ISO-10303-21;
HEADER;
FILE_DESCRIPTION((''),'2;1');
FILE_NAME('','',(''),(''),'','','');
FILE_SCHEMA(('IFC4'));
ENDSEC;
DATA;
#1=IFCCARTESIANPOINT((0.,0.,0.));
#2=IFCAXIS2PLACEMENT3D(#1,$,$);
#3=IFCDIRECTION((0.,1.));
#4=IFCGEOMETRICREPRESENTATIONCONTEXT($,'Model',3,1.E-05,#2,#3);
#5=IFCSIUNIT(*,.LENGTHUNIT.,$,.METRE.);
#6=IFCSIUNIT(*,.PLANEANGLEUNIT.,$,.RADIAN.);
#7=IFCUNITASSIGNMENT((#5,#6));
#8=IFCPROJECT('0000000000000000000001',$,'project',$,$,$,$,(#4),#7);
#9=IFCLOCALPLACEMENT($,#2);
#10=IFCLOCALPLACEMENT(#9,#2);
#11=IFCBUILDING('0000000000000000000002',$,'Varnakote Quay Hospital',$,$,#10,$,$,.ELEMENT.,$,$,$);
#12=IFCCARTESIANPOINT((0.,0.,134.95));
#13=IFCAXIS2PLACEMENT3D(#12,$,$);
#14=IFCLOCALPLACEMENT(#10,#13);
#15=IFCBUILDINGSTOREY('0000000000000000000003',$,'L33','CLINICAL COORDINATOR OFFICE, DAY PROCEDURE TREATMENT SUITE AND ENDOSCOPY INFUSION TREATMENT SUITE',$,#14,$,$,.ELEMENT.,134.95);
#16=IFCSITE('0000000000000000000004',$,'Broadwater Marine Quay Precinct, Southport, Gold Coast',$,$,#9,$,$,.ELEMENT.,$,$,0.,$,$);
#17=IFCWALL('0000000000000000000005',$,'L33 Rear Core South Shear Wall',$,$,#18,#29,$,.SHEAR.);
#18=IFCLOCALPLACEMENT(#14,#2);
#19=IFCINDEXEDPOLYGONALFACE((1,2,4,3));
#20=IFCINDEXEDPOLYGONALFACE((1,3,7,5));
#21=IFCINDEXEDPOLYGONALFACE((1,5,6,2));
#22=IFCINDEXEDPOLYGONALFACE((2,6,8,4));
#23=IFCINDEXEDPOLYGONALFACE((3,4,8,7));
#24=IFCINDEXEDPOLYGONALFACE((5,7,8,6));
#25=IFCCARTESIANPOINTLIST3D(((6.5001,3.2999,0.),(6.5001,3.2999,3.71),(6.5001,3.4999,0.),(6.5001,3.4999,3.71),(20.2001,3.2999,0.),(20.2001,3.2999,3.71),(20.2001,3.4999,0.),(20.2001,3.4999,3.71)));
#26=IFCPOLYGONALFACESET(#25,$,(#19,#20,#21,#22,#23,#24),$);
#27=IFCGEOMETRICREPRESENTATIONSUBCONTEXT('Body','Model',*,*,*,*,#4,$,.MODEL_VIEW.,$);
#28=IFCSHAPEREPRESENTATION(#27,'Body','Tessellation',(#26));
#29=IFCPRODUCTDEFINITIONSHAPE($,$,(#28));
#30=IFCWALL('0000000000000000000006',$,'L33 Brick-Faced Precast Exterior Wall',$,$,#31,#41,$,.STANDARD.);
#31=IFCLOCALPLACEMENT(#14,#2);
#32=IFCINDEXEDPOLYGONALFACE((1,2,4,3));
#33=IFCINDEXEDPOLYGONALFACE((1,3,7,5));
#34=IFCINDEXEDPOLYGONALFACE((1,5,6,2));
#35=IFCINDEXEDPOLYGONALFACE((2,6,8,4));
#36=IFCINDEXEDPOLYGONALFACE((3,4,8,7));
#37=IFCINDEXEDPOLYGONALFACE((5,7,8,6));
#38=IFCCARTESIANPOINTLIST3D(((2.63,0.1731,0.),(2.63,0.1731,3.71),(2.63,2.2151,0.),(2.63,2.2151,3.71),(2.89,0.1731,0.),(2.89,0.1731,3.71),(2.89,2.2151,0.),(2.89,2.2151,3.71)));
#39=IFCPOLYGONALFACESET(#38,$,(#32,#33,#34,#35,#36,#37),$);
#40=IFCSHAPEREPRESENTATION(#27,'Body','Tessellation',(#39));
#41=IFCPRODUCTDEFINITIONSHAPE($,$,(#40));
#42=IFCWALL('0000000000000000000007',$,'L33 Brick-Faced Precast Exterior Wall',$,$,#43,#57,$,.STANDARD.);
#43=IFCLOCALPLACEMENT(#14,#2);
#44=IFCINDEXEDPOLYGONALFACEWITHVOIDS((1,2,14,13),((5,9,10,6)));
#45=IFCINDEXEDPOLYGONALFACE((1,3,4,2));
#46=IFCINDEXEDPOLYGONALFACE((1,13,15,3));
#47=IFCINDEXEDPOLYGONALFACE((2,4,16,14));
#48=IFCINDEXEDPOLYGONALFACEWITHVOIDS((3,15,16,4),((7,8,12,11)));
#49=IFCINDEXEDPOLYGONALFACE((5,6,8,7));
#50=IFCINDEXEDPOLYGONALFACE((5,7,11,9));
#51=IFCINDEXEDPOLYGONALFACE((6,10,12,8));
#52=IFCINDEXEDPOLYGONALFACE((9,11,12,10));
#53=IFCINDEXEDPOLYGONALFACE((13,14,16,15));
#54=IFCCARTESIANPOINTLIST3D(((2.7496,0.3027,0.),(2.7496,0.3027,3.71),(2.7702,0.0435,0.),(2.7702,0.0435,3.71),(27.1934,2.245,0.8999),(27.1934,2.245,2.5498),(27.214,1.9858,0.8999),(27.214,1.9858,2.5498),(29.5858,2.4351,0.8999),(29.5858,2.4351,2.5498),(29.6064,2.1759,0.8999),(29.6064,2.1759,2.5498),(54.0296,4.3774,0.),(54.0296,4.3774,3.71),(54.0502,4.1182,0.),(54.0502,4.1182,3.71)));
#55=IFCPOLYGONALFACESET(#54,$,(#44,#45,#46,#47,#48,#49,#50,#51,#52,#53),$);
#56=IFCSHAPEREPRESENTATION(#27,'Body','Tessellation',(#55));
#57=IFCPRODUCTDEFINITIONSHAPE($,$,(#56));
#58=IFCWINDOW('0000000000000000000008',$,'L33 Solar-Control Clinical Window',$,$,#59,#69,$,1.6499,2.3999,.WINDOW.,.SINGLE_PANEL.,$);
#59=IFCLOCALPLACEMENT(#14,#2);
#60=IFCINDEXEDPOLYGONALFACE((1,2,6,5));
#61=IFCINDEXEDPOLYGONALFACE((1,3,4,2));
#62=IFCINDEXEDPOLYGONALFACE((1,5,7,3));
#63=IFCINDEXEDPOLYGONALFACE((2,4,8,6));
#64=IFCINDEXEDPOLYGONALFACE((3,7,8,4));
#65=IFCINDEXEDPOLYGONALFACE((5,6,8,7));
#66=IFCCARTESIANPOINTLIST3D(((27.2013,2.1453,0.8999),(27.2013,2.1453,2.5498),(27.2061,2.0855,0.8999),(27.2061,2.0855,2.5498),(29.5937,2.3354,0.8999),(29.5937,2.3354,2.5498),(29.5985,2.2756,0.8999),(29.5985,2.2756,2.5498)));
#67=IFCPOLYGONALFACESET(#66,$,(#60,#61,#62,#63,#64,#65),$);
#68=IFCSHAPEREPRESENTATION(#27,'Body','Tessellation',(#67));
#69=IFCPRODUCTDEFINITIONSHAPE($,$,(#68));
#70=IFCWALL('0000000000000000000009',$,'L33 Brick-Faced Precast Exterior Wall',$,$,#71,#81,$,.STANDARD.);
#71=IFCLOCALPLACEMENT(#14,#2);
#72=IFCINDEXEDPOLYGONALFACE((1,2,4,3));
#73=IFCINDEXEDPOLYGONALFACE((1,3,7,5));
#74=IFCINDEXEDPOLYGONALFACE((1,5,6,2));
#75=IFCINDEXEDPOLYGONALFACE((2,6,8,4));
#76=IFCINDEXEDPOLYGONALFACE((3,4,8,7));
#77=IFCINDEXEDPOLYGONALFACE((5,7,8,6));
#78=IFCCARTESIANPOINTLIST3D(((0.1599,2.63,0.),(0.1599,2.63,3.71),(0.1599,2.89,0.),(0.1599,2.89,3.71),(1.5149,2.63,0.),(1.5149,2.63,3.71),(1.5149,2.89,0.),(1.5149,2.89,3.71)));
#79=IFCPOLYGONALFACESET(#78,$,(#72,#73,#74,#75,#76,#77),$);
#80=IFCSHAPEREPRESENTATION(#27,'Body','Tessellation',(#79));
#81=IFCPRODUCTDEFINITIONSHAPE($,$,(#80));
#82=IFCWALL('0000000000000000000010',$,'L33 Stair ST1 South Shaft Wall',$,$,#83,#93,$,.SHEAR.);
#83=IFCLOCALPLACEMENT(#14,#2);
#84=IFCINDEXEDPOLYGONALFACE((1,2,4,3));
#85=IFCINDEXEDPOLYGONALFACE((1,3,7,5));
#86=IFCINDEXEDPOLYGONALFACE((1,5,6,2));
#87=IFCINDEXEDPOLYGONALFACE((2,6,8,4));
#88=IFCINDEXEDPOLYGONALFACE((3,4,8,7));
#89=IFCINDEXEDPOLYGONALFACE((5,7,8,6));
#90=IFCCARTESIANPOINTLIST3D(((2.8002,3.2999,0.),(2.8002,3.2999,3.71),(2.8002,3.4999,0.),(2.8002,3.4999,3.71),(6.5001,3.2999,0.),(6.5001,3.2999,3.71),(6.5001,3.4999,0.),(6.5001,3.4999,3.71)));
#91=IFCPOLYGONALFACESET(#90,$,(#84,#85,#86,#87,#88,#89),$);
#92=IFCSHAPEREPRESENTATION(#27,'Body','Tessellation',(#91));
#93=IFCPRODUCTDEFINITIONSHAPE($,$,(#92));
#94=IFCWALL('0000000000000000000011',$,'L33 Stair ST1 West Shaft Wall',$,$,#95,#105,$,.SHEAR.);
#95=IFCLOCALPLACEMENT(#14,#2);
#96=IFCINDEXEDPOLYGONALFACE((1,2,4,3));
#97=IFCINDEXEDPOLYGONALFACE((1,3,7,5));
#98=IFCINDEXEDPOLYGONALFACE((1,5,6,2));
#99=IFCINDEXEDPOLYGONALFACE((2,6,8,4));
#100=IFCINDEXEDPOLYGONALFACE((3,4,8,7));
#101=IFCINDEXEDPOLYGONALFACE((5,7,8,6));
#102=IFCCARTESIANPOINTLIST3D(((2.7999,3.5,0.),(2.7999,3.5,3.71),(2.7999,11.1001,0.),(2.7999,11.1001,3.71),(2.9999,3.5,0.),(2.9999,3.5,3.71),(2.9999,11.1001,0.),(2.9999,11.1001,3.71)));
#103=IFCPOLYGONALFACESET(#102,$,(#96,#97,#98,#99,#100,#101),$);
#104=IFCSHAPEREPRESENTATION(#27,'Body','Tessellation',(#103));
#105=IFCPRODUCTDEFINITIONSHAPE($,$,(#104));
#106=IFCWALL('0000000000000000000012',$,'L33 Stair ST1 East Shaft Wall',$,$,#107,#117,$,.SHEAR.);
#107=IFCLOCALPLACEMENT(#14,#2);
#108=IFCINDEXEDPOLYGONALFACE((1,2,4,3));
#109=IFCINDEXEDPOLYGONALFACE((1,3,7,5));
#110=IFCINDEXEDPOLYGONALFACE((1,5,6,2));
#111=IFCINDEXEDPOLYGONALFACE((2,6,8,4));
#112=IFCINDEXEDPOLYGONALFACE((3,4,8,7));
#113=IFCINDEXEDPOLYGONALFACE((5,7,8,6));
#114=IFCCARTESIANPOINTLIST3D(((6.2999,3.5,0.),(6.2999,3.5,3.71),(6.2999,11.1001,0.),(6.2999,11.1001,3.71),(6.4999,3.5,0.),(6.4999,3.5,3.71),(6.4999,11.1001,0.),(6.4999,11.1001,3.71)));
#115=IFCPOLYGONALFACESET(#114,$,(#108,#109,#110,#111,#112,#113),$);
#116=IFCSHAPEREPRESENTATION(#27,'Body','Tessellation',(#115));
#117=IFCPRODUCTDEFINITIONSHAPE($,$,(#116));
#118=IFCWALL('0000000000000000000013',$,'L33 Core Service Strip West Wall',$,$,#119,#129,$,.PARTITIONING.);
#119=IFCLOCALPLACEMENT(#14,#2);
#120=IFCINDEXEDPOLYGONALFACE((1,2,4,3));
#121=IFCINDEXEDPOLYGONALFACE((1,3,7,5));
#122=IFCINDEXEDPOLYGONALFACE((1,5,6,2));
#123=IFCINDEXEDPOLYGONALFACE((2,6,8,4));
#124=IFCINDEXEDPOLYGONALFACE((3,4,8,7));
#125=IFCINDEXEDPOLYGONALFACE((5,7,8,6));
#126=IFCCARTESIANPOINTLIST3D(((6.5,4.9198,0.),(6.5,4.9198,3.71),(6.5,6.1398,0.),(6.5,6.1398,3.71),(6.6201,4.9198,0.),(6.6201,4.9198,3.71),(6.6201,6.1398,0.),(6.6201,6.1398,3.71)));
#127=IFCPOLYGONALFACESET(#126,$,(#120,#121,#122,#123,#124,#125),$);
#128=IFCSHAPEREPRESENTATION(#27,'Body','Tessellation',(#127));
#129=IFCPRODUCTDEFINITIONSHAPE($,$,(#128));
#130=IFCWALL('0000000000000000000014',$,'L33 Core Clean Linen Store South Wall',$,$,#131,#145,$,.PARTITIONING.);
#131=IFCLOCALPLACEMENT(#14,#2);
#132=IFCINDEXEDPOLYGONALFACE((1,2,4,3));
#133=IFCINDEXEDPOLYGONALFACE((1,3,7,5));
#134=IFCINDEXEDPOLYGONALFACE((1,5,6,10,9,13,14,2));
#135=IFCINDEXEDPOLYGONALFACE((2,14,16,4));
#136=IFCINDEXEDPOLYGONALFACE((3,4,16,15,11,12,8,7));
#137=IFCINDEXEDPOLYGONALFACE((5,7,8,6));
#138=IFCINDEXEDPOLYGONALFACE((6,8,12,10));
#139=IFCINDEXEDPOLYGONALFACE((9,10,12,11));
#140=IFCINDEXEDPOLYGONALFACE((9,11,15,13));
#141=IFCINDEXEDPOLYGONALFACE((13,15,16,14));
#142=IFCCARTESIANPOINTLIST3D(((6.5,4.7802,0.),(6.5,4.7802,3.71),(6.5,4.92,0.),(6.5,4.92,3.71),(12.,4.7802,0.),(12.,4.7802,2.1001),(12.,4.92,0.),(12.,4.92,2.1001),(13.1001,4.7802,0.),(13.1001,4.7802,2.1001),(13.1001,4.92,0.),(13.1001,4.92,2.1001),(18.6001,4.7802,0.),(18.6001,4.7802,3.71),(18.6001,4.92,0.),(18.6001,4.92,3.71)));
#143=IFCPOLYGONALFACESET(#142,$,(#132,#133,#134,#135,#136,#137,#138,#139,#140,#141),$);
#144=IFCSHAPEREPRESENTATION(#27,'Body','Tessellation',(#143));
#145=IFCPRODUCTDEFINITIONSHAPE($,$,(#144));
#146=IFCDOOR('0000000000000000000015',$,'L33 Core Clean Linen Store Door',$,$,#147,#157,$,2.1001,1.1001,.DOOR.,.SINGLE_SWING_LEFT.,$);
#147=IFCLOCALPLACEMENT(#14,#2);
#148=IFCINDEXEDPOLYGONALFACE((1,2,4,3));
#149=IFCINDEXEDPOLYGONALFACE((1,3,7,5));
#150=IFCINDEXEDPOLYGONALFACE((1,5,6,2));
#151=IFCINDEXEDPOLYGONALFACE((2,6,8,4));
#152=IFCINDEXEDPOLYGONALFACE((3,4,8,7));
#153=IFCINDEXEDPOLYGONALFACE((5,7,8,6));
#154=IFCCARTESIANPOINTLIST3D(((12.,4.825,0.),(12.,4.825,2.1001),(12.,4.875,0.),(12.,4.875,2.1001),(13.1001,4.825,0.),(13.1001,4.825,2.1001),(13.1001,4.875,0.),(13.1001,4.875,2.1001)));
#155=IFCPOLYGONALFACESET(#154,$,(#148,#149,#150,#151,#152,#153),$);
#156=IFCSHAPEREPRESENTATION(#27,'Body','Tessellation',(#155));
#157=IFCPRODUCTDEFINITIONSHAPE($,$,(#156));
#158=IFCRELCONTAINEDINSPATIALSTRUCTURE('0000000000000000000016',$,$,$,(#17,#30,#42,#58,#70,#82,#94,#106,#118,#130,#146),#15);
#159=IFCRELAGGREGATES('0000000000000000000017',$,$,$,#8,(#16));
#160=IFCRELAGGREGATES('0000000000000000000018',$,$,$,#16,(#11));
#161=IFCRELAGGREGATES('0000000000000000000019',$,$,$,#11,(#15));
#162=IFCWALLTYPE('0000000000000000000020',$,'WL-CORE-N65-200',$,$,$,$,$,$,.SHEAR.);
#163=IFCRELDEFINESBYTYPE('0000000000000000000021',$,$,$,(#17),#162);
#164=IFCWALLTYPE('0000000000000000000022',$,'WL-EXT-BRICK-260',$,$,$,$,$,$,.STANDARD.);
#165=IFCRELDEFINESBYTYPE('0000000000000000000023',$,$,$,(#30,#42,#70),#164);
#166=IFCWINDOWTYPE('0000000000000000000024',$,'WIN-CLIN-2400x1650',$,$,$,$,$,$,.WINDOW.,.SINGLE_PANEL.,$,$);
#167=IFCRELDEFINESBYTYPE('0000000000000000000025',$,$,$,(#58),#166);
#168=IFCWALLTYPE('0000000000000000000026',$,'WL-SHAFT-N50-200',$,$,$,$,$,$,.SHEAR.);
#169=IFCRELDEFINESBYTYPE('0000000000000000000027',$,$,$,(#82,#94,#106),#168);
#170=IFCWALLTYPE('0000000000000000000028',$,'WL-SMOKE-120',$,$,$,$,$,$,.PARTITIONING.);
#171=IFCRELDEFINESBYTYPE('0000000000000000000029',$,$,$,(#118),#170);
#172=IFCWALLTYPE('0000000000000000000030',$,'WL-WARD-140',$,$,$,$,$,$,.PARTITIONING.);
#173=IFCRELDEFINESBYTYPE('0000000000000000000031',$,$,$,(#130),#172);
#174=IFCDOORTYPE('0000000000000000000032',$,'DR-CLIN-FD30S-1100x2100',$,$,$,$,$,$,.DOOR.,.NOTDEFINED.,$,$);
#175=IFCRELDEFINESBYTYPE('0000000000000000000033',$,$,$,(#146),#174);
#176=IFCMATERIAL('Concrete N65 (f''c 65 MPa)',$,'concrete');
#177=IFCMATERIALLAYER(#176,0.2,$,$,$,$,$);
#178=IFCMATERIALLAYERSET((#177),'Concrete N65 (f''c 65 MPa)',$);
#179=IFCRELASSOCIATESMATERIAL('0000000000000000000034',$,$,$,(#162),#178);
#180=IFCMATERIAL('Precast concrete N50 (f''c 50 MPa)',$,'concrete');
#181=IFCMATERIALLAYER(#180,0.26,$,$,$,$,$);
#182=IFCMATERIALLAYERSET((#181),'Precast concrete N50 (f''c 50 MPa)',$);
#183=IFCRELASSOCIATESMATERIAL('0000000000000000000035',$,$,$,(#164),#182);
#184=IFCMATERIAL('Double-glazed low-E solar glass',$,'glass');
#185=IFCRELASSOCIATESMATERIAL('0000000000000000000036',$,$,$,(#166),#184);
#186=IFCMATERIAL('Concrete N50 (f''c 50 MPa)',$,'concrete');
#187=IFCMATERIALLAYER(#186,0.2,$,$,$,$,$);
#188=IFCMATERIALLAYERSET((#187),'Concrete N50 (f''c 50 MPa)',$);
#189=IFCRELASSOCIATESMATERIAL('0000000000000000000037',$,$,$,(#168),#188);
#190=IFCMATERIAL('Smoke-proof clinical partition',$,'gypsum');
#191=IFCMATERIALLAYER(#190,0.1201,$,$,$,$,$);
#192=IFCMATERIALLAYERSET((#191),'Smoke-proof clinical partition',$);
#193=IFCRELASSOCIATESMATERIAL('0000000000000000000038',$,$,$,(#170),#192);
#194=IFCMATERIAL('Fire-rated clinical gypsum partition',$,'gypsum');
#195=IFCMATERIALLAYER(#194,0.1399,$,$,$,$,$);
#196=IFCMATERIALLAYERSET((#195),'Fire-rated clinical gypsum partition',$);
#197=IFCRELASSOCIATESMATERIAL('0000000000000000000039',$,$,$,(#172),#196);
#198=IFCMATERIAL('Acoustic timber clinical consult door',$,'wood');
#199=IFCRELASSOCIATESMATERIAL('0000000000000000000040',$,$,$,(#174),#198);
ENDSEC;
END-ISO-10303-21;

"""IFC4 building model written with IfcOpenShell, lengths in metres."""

from ifc_helpers import new_model, si_unit, direction, frame, frame_2d, origin, place, context, subcontext, project, spatial, rectangle, extrude, material, layer, layer_set, type_object, element, fill, save


model = new_model("IFC4")

# Units and contexts
model_context = context("Model", 3, precision=1e-05, world=origin(), true_north=direction((0.0, 1.0)))
body_context = subcontext(model_context, "Body", "Model", "MODEL_VIEW")
ifc_project = project(units=[si_unit("LENGTHUNIT", "METRE"), si_unit("PLANEANGLEUNIT", "RADIAN")], contexts=[model_context])

# Site, building, storey
site_placement = place(None, origin())
site = spatial("IfcSite", under=ifc_project, at=site_placement, Name="Broadwater Marine Quay Precinct, Southport, Gold Coast", CompositionType="ELEMENT", RefElevation=0.0)
building_placement = place(site_placement, origin())
building = spatial("IfcBuilding", under=site, at=building_placement, Name="Varnakote Quay Hospital", CompositionType="ELEMENT")
storey_placement = place(building_placement, frame((0.0, 0.0, 134.95)))
storey = spatial("IfcBuildingStorey", under=building, at=storey_placement, Name="L33", Description="CLINICAL COORDINATOR OFFICE, DAY PROCEDURE TREATMENT SUITE AND ENDOSCOPY INFUSION TREATMENT SUITE", CompositionType="ELEMENT", Elevation=134.95)

# Walls
ifc_material_1 = material(Name="Concrete N65 (f'c 65 MPa)", Category="concrete")
ifc_layer_1 = layer(ifc_material_1, 0.2)
ifc_layer_set_1 = layer_set([ifc_layer_1], Name="Concrete N65 (f'c 65 MPa)")
wall_type_1 = type_object("IfcWallType", Name="WL-CORE-N65-200", PredefinedType="SHEAR", material=ifc_layer_set_1)
wall_1_placement = place(storey_placement, frame((6.5, 3.3999, 0.0), z_axis=(0.0, 0.0, 1.0), x_axis=(1.0, 0.0, 0.0)))
element("IfcWall", 1, at=wall_1_placement, inside=storey, type_object=wall_type_1, Name="L33 Rear Core South Shear Wall", PredefinedType="SHEAR", context=body_context, shape_type="SweptSolid", body=[
    extrude(rectangle(XDim=13.7, YDim=0.2, at=frame_2d((6.8501, 0.0))), origin(), (0.0, 0.0, 1.0), 3.71),
])
ifc_material_2 = material(Name="Precast concrete N50 (f'c 50 MPa)", Category="concrete")
ifc_layer_2 = layer(ifc_material_2, 0.26)
ifc_layer_set_2 = layer_set([ifc_layer_2], Name="Precast concrete N50 (f'c 50 MPa)")
wall_type_2 = type_object("IfcWallType", Name="WL-EXT-BRICK-260", PredefinedType="STANDARD", material=ifc_layer_set_2)
wall_2_placement = place(storey_placement, frame((2.76, 2.2151, 0.0), z_axis=(0.0, 0.0, 1.0), x_axis=(0.0, -1.0, 0.0)))
element("IfcWall", 2, at=wall_2_placement, inside=storey, type_object=wall_type_2, Name="L33 Brick-Faced Precast Exterior Wall", PredefinedType="STANDARD", context=body_context, shape_type="SweptSolid", body=[
    extrude(rectangle(XDim=2.042, YDim=0.26, at=frame_2d((1.021, 0.0))), origin(), (0.0, 0.0, 1.0), 3.71),
])

# Wall, opening, window
wall_3_placement = place(storey_placement, frame((2.76, 0.1731, 0.0), z_axis=(0.0, 0.0, 1.0), x_axis=(0.996858, 0.07921, 0.0)))
wall_3 = element("IfcWall", 3, at=wall_3_placement, inside=storey, type_object=wall_type_2, Name="L33 Brick-Faced Precast Exterior Wall", PredefinedType="STANDARD", context=body_context, shape_type="SweptSolid", body=[
    extrude(rectangle(XDim=51.4417, YDim=0.26, at=frame_2d((25.7207, 0.0))), origin(), (0.0, 0.0, 1.0), 3.71),
])
opening_1_placement = place(wall_3_placement, frame((24.5208, 0.0, 0.8999)))
opening_1 = element("IfcOpeningElement", 4, at=opening_1_placement, cuts=wall_3, PredefinedType="OPENING", context=body_context, shape_type="SweptSolid", body=[
    extrude(rectangle(XDim=2.3999, YDim=1.6499, at=frame_2d((1.2, 0.825))), frame((0.0, 0.1399, 0.0), z_axis=(0.0, -1.0, 0.0), x_axis=(1.0, 0.0, 0.0)), (0.0, 0.0, 1.0), 0.28),
])
ifc_material_3 = material(Name="Double-glazed low-E solar glass", Category="glass")
window_type = type_object("IfcWindowType", Name="WIN-CLIN-2400x1650", PartitioningType="SINGLE_PANEL", PredefinedType="WINDOW", material=ifc_material_3)
window_placement = place(opening_1_placement, origin())
window = element("IfcWindow", 5, at=window_placement, inside=storey, type_object=window_type, Name="L33 Solar-Control Clinical Window", OverallHeight=1.6499, OverallWidth=2.3999, PartitioningType="SINGLE_PANEL", PredefinedType="WINDOW", context=body_context, shape_type="SweptSolid", body=[
    extrude(rectangle(XDim=2.3999, YDim=1.6499, at=frame_2d((1.2, 0.825))), frame((0.0, 0.03, 0.0), z_axis=(0.0, -1.0, 0.0), x_axis=(1.0, 0.0, 0.0)), (0.0, 0.0, 1.0), 0.0601),
])
fill(opening_1, window)

# Walls
wall_4_placement = place(storey_placement, frame((0.1599, 2.76, 0.0), z_axis=(0.0, 0.0, 1.0), x_axis=(1.0, 0.0, 0.0)))
element("IfcWall", 6, at=wall_4_placement, inside=storey, type_object=wall_type_2, Name="L33 Brick-Faced Precast Exterior Wall", PredefinedType="STANDARD", context=body_context, shape_type="SweptSolid", body=[
    extrude(rectangle(XDim=1.355, YDim=0.26, at=frame_2d((0.6775, 0.0))), origin(), (0.0, 0.0, 1.0), 3.71),
])
ifc_material_4 = material(Name="Concrete N50 (f'c 50 MPa)", Category="concrete")
ifc_layer_3 = layer(ifc_material_4, 0.2)
ifc_layer_set_3 = layer_set([ifc_layer_3], Name="Concrete N50 (f'c 50 MPa)")
wall_type_3 = type_object("IfcWallType", Name="WL-SHAFT-N50-200", PredefinedType="SHEAR", material=ifc_layer_set_3)
wall_5_placement = place(storey_placement, frame((2.8, 3.3999, 0.0), z_axis=(0.0, 0.0, 1.0), x_axis=(1.0, 0.0, 0.0)))
element("IfcWall", 7, at=wall_5_placement, inside=storey, type_object=wall_type_3, Name="L33 Stair ST1 South Shaft Wall", PredefinedType="SHEAR", context=body_context, shape_type="SweptSolid", body=[
    extrude(rectangle(XDim=3.7, YDim=0.2, at=frame_2d((1.8501, 0.0))), origin(), (0.0, 0.0, 1.0), 3.71),
])
for number, where, z_axis, x_axis, name in (
    (8, (2.8999, 3.5, 0.0), (0.0, 0.0, 1.0), (0.0, 1.0, 0.0), "L33 Stair ST1 West Shaft Wall"),
    (9, (6.3999, 3.5, 0.0), (0.0, 0.0, 1.0), (0.0, 1.0, 0.0), "L33 Stair ST1 East Shaft Wall"),
):
    element("IfcWall", number, at=place(storey_placement, frame(where, z_axis=z_axis, x_axis=x_axis)), inside=storey, type_object=wall_type_3, Name=name, PredefinedType="SHEAR", context=body_context, shape_type="SweptSolid", body=[
        extrude(rectangle(XDim=7.6001, YDim=0.2, at=frame_2d((3.8, 0.0))), origin(), (0.0, 0.0, 1.0), 3.71),
    ])
ifc_material_5 = material(Name="Smoke-proof clinical partition", Category="gypsum")
ifc_layer_4 = layer(ifc_material_5, 0.1201)
ifc_layer_set_4 = layer_set([ifc_layer_4], Name="Smoke-proof clinical partition")
wall_type_4 = type_object("IfcWallType", Name="WL-SMOKE-120", PredefinedType="PARTITIONING", material=ifc_layer_set_4)
wall_6_placement = place(storey_placement, frame((6.5601, 4.9199, 0.0), z_axis=(0.0, 0.0, 1.0), x_axis=(0.0, 1.0, 0.0)))
element("IfcWall", 10, at=wall_6_placement, inside=storey, type_object=wall_type_4, Name="L33 Core Service Strip West Wall", PredefinedType="PARTITIONING", context=body_context, shape_type="SweptSolid", body=[
    extrude(rectangle(XDim=1.22, YDim=0.1201, at=frame_2d((0.6099, 0.0))), origin(), (0.0, 0.0, 1.0), 3.71),
])

# Wall, opening, door
ifc_material_6 = material(Name="Fire-rated clinical gypsum partition", Category="gypsum")
ifc_layer_5 = layer(ifc_material_6, 0.1399)
ifc_layer_set_5 = layer_set([ifc_layer_5], Name="Fire-rated clinical gypsum partition")
wall_type_5 = type_object("IfcWallType", Name="WL-WARD-140", PredefinedType="PARTITIONING", material=ifc_layer_set_5)
wall_7_placement = place(storey_placement, frame((6.5, 4.8501, 0.0), z_axis=(0.0, 0.0, 1.0), x_axis=(1.0, 0.0, 0.0)))
wall_7 = element("IfcWall", 11, at=wall_7_placement, inside=storey, type_object=wall_type_5, Name="L33 Core Clean Linen Store South Wall", PredefinedType="PARTITIONING", context=body_context, shape_type="SweptSolid", body=[
    extrude(rectangle(XDim=12.1001, YDim=0.1399, at=frame_2d((6.05, 0.0))), origin(), (0.0, 0.0, 1.0), 3.71),
])
opening_2_placement = place(wall_7_placement, frame((5.5, 0.0, 0.0)))
opening_2 = element("IfcOpeningElement", 12, at=opening_2_placement, cuts=wall_7, PredefinedType="OPENING", context=body_context, shape_type="SweptSolid", body=[
    extrude(rectangle(XDim=1.1001, YDim=2.1001, at=frame_2d((0.55, 1.05))), frame((0.0, 0.0798, 0.0), z_axis=(0.0, -1.0, 0.0), x_axis=(1.0, 0.0, 0.0)), (0.0, 0.0, 1.0), 0.1599),
])
ifc_material_7 = material(Name="Acoustic timber clinical consult door", Category="wood")
door_type = type_object("IfcDoorType", Name="DR-CLIN-FD30S-1100x2100", OperationType="NOTDEFINED", PredefinedType="DOOR", material=ifc_material_7)
door_placement = place(opening_2_placement, origin())
door = element("IfcDoor", 13, at=door_placement, inside=storey, type_object=door_type, Name="L33 Core Clean Linen Store Door", OperationType="SINGLE_SWING_LEFT", OverallHeight=2.1001, OverallWidth=1.1001, PredefinedType="DOOR", context=body_context, shape_type="SweptSolid", body=[
    extrude(rectangle(XDim=1.1001, YDim=2.1001, at=frame_2d((0.55, 1.05))), frame((0.0, 0.0249, 0.0), z_axis=(0.0, -1.0, 0.0), x_axis=(1.0, 0.0, 0.0)), (0.0, 0.0, 1.0), 0.05),
])
fill(opening_2, door)

save(model, "model.ifc")
